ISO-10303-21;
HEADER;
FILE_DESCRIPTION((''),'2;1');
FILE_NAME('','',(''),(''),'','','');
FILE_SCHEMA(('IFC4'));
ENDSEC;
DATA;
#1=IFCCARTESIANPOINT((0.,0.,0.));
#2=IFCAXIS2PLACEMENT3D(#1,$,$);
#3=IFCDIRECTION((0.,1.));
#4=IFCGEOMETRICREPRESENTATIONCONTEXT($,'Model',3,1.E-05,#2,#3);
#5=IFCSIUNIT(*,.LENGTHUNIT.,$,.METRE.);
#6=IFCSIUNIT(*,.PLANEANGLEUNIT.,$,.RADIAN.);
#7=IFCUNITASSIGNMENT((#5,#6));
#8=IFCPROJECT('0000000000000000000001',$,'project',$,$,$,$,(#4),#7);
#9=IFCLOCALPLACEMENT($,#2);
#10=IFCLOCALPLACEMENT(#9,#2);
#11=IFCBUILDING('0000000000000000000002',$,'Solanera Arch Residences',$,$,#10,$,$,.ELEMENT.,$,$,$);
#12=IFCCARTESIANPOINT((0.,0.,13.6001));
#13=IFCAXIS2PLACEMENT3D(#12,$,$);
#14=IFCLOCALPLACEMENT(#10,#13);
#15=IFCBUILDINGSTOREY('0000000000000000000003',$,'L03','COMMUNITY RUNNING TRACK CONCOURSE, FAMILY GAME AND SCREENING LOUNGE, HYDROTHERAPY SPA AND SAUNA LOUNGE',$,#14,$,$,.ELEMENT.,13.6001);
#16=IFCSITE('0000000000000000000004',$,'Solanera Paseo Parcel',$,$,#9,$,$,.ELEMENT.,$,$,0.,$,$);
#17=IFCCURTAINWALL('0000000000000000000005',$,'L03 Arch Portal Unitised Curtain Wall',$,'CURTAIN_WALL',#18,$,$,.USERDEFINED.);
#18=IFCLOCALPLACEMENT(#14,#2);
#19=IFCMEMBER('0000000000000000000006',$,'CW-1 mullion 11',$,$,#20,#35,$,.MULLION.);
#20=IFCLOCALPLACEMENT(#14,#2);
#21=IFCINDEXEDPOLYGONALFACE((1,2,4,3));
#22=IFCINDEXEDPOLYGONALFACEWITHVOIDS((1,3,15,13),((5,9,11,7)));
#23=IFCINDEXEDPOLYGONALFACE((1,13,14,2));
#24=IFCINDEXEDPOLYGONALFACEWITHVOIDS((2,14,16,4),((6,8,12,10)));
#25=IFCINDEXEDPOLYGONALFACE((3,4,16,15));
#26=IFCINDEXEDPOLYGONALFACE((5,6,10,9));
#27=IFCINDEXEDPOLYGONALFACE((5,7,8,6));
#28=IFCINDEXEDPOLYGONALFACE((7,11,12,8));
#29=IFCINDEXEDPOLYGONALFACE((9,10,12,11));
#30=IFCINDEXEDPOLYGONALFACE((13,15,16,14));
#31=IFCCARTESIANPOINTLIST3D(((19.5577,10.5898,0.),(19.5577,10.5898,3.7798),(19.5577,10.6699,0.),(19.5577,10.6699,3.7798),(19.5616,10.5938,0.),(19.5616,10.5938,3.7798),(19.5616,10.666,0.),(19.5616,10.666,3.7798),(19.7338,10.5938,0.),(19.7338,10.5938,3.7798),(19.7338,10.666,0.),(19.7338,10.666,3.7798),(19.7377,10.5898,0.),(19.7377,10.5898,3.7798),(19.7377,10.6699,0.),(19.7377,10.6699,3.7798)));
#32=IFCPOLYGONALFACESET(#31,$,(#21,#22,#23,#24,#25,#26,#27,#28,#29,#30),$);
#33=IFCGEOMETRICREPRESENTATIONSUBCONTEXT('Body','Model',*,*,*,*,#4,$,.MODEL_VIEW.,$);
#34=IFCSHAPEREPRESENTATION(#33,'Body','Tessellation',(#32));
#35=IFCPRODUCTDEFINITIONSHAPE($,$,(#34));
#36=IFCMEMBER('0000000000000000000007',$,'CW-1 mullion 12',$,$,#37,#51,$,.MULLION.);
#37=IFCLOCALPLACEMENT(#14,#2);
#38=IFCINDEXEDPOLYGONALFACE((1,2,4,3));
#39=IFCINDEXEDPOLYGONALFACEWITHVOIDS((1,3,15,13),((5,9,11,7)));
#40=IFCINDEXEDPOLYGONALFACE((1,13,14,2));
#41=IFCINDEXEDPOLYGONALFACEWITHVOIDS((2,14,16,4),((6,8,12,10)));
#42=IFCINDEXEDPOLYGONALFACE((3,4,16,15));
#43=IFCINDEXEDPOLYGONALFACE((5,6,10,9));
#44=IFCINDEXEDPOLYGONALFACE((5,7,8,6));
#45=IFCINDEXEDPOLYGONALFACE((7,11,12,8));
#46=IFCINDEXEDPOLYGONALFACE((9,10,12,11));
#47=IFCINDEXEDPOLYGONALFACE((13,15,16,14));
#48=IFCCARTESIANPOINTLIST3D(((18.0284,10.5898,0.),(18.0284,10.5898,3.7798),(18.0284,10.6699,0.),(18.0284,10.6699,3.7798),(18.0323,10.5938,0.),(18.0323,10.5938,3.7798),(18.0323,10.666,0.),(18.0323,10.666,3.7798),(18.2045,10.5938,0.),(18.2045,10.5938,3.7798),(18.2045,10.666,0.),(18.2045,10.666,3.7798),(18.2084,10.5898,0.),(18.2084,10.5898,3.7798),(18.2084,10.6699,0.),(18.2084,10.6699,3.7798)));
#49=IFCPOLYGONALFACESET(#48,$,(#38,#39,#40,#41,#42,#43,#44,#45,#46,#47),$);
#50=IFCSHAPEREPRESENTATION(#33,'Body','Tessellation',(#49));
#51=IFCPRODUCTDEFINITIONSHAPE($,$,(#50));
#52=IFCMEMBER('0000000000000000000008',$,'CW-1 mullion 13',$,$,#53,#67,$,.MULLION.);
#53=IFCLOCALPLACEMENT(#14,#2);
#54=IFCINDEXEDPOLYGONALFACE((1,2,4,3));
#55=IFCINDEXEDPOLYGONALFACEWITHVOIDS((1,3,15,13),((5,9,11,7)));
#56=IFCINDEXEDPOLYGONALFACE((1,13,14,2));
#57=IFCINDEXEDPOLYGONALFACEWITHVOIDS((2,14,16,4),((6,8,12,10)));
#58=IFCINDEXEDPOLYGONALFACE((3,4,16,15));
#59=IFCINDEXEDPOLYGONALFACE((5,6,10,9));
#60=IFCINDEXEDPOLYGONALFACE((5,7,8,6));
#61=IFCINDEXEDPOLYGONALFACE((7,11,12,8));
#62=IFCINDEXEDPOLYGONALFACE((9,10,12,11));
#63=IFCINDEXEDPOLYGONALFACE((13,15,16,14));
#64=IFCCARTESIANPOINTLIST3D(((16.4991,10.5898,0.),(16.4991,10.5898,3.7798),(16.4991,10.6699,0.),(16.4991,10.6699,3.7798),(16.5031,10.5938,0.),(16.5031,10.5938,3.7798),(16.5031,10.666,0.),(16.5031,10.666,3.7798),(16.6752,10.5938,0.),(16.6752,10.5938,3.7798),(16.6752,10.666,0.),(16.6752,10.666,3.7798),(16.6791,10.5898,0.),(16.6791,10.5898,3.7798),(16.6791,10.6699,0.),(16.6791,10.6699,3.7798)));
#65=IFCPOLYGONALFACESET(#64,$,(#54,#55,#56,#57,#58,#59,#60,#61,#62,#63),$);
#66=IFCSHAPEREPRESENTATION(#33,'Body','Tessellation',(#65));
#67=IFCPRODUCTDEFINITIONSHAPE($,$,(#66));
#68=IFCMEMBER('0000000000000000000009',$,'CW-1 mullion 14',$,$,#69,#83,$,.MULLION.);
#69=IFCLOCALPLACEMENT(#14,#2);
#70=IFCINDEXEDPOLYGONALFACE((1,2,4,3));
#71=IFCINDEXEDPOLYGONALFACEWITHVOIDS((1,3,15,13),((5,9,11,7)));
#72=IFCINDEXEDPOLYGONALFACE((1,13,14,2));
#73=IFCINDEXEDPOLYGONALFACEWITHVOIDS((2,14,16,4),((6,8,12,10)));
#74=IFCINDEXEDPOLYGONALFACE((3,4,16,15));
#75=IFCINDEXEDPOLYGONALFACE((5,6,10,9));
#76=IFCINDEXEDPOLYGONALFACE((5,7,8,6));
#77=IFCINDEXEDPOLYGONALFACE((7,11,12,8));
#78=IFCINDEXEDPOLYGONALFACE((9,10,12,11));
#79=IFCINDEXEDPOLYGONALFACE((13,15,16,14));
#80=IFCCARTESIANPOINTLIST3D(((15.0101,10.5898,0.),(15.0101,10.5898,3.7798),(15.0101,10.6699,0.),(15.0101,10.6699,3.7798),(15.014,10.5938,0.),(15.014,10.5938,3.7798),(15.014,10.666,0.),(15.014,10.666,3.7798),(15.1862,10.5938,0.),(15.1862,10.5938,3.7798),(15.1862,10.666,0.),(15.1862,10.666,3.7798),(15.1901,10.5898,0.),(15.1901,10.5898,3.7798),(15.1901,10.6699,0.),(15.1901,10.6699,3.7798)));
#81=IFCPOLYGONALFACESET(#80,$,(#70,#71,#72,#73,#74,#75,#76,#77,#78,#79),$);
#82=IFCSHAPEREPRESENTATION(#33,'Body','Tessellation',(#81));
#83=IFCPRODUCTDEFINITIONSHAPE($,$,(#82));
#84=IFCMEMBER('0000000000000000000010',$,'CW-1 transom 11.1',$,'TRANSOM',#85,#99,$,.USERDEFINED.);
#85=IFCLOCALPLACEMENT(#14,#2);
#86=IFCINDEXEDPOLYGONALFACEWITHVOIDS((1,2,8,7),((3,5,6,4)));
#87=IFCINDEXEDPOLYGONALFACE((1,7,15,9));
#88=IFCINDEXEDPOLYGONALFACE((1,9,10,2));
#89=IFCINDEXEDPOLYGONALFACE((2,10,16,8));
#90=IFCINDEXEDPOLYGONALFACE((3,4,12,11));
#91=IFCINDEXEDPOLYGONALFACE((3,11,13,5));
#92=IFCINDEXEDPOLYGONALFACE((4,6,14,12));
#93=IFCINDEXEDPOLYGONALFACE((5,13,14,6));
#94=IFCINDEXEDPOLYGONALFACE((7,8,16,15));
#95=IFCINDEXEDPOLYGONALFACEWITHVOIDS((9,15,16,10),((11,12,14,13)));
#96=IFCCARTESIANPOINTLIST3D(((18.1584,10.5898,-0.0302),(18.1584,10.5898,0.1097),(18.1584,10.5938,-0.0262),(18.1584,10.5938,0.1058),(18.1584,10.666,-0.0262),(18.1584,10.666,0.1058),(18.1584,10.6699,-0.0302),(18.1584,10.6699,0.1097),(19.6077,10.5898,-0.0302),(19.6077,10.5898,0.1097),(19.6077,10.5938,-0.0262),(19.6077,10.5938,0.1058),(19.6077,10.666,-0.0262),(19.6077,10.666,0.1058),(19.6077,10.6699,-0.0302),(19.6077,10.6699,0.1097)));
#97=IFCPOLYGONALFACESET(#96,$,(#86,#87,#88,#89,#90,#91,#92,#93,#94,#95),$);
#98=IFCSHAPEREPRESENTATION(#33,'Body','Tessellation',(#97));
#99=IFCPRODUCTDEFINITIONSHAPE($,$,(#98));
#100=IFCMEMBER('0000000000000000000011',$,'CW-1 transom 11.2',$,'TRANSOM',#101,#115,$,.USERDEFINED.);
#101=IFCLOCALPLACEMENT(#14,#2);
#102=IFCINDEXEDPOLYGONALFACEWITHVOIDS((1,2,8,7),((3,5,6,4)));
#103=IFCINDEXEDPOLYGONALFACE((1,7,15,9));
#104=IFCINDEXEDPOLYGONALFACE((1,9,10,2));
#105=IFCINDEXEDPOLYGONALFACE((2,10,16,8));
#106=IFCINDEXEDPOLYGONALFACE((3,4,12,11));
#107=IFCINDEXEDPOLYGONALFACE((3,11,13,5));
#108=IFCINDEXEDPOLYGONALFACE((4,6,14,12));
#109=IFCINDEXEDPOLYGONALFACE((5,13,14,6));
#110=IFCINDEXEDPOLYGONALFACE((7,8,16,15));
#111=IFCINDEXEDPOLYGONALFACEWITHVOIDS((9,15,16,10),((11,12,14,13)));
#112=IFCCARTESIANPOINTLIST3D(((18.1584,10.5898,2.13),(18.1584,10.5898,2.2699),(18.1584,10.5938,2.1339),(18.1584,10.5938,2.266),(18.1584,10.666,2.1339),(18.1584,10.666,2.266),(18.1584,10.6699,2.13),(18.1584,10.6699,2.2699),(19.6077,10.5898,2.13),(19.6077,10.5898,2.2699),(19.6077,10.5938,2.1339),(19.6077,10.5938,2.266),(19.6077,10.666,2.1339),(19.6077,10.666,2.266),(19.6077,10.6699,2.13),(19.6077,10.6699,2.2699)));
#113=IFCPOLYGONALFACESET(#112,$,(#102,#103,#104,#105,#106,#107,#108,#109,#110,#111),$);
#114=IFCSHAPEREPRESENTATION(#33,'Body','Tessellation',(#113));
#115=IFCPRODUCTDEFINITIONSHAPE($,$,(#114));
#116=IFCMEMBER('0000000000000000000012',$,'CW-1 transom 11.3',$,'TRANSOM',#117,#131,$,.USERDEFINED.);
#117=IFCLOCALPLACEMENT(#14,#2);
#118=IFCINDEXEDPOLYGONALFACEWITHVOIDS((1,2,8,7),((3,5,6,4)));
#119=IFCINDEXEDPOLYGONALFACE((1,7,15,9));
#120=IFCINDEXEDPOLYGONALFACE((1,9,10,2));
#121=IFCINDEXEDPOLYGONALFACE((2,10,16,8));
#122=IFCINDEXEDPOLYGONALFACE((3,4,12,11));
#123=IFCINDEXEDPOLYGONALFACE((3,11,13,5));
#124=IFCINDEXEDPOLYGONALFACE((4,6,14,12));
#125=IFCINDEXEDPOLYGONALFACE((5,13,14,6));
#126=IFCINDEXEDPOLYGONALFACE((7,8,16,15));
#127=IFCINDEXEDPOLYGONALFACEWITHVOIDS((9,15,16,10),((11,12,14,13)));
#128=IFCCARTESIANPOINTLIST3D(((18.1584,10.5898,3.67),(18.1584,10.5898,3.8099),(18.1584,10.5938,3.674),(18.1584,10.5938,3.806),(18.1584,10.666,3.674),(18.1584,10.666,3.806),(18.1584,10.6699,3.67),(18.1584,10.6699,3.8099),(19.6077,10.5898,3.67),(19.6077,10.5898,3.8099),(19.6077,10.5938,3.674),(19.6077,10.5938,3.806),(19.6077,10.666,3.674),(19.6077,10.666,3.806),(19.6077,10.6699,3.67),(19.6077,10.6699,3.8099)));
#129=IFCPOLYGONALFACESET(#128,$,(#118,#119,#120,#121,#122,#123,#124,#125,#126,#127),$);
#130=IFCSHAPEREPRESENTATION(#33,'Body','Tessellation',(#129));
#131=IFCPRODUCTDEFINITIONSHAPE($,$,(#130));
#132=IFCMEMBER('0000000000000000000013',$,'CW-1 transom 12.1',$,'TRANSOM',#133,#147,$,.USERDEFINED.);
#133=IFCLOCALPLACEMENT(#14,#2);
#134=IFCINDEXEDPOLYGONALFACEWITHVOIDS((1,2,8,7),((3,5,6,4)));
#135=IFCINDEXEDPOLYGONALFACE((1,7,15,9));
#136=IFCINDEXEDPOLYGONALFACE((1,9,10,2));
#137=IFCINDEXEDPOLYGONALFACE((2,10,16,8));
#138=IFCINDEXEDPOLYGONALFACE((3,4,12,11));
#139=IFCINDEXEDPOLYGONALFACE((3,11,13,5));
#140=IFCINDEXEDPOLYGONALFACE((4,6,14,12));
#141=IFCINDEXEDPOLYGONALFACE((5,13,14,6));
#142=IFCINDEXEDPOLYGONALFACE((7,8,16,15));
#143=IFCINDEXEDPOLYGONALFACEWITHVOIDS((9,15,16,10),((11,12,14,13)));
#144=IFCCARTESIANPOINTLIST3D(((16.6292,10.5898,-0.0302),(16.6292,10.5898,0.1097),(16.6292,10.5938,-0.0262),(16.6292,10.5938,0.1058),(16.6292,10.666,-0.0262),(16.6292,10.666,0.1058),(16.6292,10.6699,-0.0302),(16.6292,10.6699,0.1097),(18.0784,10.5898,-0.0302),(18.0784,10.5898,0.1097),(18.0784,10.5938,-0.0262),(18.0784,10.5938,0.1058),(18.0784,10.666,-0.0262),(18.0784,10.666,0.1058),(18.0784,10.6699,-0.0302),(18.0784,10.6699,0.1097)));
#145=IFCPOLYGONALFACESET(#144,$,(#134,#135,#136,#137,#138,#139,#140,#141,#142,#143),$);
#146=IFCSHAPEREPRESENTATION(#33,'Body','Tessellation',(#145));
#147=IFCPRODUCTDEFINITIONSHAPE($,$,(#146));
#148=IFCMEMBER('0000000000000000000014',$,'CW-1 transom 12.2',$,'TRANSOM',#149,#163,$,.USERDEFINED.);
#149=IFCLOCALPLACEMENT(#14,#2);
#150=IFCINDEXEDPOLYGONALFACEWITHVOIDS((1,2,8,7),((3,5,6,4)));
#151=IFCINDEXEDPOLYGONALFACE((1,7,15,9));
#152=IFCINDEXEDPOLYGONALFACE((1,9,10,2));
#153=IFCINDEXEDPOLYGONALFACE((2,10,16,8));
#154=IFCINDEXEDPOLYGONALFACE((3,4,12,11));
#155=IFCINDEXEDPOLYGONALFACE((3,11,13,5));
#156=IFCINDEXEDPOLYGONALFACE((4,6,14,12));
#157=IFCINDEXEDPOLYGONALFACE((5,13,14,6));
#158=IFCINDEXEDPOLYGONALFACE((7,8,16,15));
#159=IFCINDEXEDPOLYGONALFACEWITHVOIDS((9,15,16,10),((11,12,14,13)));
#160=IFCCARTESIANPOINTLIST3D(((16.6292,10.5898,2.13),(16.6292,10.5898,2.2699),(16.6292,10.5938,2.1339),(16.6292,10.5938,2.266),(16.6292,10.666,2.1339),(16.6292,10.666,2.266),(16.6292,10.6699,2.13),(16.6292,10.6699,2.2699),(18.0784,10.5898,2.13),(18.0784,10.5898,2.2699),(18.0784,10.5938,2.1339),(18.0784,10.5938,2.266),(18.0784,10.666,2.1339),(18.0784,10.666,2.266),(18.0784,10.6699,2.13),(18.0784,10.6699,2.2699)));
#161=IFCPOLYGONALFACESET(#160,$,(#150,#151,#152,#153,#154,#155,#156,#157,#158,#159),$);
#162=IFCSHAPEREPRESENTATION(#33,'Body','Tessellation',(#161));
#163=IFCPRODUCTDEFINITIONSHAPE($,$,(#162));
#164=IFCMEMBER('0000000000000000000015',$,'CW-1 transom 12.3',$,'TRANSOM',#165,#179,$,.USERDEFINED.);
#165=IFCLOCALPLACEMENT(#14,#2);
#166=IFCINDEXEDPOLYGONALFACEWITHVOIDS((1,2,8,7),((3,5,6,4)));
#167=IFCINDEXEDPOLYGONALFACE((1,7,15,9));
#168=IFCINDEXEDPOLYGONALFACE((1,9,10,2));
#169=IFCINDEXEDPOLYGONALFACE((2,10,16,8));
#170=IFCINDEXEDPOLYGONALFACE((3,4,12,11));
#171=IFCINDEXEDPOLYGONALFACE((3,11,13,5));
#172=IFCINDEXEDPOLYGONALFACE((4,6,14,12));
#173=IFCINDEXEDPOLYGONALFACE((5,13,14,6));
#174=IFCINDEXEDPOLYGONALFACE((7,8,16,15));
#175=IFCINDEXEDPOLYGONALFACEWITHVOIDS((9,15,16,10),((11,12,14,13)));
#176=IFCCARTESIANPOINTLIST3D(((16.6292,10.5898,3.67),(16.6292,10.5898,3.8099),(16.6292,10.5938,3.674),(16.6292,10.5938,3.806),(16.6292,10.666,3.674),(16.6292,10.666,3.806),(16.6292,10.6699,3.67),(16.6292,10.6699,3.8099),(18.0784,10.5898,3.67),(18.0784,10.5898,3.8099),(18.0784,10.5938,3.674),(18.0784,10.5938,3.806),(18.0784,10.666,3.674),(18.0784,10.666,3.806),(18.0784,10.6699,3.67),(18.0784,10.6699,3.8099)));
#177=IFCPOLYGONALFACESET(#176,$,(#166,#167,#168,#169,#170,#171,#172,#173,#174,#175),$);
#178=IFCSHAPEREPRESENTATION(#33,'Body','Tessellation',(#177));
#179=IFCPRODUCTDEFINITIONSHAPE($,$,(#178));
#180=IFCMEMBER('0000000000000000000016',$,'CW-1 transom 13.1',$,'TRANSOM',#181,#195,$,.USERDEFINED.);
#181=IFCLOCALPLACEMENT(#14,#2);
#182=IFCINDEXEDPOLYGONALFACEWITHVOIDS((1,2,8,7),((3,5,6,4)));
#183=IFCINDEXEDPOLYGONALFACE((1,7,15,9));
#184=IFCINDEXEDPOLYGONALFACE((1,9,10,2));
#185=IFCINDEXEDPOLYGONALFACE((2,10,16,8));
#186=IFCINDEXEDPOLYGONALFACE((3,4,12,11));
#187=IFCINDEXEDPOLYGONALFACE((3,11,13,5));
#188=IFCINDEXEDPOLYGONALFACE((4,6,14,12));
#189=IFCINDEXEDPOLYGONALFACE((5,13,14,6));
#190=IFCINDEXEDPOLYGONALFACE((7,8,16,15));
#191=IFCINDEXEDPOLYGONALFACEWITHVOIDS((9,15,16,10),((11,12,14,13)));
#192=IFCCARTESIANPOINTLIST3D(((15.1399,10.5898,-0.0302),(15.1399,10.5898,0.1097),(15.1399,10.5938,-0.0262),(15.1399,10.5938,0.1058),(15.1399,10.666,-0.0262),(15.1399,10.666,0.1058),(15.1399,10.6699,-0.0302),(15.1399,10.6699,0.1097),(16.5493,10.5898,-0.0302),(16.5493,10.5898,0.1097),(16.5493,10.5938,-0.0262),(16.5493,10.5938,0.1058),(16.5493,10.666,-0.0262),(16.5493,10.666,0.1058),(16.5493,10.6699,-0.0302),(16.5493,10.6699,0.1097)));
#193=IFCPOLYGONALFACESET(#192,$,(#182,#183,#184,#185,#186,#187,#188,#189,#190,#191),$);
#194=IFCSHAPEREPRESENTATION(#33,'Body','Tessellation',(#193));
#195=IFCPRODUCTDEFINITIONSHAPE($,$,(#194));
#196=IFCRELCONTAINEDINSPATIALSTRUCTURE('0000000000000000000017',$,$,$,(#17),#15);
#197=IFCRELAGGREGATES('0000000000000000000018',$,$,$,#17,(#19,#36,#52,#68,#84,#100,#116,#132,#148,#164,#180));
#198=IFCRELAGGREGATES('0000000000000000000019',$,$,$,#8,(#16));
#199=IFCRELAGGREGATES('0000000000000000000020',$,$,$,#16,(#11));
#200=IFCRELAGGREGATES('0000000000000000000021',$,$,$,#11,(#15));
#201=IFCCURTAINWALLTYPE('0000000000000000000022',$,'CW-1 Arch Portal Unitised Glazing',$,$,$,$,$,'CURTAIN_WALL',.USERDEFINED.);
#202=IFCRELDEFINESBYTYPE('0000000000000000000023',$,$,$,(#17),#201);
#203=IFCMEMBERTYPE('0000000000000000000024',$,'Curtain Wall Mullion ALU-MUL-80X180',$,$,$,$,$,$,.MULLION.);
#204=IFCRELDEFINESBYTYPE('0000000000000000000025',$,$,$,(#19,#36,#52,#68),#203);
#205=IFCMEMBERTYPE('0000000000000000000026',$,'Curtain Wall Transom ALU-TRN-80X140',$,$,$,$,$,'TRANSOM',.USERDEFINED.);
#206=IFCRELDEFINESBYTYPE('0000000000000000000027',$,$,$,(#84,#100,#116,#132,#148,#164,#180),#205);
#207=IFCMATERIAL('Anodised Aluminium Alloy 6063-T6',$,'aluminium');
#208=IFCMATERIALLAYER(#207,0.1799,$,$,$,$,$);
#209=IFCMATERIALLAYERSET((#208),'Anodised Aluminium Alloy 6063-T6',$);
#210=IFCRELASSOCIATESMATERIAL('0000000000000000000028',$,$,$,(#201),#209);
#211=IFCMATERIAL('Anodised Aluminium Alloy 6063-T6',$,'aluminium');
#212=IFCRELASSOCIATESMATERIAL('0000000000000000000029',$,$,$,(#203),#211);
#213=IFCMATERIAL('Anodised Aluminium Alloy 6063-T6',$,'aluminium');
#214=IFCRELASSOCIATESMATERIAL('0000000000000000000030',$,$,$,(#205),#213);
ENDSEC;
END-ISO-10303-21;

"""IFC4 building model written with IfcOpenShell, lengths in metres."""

from ifc_helpers import new_model, si_unit, direction, frame, origin, origin_2d, place, context, subcontext, project, spatial, hollow_rectangle, extrude, material, layer, layer_set, material_profile, profile_set, type_object, element, aggregate, save


model = new_model("IFC4")

# Units and contexts
model_context = context("Model", 3, precision=1e-05, world=origin(), true_north=direction((0.0, 1.0)))
body_context = subcontext(model_context, "Body", "Model", "MODEL_VIEW")
ifc_project = project(units=[si_unit("LENGTHUNIT", "METRE"), si_unit("PLANEANGLEUNIT", "RADIAN")], contexts=[model_context])

# Site, building, storey
site_placement = place(None, origin())
site = spatial("IfcSite", under=ifc_project, at=site_placement, Name="Solanera Paseo Parcel", CompositionType="ELEMENT", RefElevation=0.0)
building_placement = place(site_placement, origin())
building = spatial("IfcBuilding", under=site, at=building_placement, Name="Solanera Arch Residences", CompositionType="ELEMENT")
storey_placement = place(building_placement, frame((0.0, 0.0, 13.6001)))
storey = spatial("IfcBuildingStorey", under=building, at=storey_placement, Name="L03", Description="COMMUNITY RUNNING TRACK CONCOURSE, FAMILY GAME AND SCREENING LOUNGE, HYDROTHERAPY SPA AND SAUNA LOUNGE", CompositionType="ELEMENT", Elevation=13.6001)

# Curtain wall, members
ifc_material_1 = material(Name="Anodised Aluminium Alloy 6063-T6", Category="aluminium")
ifc_layer_1 = layer(ifc_material_1, 0.1799)
ifc_layer_set_1 = layer_set([ifc_layer_1], Name="Anodised Aluminium Alloy 6063-T6")
curtain_wall_type = type_object("IfcCurtainWallType", Name="CW-1 Arch Portal Unitised Glazing", ElementType="CURTAIN_WALL", PredefinedType="USERDEFINED", material=ifc_layer_set_1)
curtain_wall_placement = place(storey_placement, origin())
curtain_wall = element("IfcCurtainWall", 1, at=curtain_wall_placement, inside=storey, type_object=curtain_wall_type, Name="L03 Arch Portal Unitised Curtain Wall", ObjectType="CURTAIN_WALL", PredefinedType="USERDEFINED")
ifc_material_2 = material(Name="Anodised Aluminium Alloy 6063-T6", Category="aluminium")
ifc_material_profile_1 = material_profile(ifc_material_2, hollow_rectangle(XDim=0.0801, YDim=0.1799, WallThickness=0.0039, at=origin_2d()))
ifc_profile_set_1 = profile_set([ifc_material_profile_1], Name="Anodised Aluminium Alloy 6063-T6")
member_type_1 = type_object("IfcMemberType", Name="Curtain Wall Mullion ALU-MUL-80X180", PredefinedType="MULLION", material=ifc_profile_set_1)
member_1_placement = place(storey_placement, frame((19.6477, 10.6299, 0.0), z_axis=(0.0, 0.0, 1.0), x_axis=(0.0, -1.0, 0.0)))
member_1 = element("IfcMember", 2, at=member_1_placement, type_object=member_type_1, Name="CW-1 mullion 11", PredefinedType="MULLION", context=body_context, shape_type="SweptSolid", body=[
    extrude(hollow_rectangle(XDim=0.0801, YDim=0.1799, WallThickness=0.0039, at=origin_2d()), origin(), (0.0, 0.0, 1.0), 3.7798),
])
member_2_placement = place(storey_placement, frame((18.1184, 10.6299, 0.0), z_axis=(0.0, 0.0, 1.0), x_axis=(0.0, -1.0, 0.0)))
member_2 = element("IfcMember", 3, at=member_2_placement, type_object=member_type_1, Name="CW-1 mullion 12", PredefinedType="MULLION", context=body_context, shape_type="SweptSolid", body=[
    extrude(hollow_rectangle(XDim=0.0801, YDim=0.1799, WallThickness=0.0039, at=origin_2d()), origin(), (0.0, 0.0, 1.0), 3.7798),
])
member_3_placement = place(storey_placement, frame((16.5891, 10.6299, 0.0), z_axis=(0.0, 0.0, 1.0), x_axis=(0.0, -1.0, 0.0)))
member_3 = element("IfcMember", 4, at=member_3_placement, type_object=member_type_1, Name="CW-1 mullion 13", PredefinedType="MULLION", context=body_context, shape_type="SweptSolid", body=[
    extrude(hollow_rectangle(XDim=0.0801, YDim=0.1799, WallThickness=0.0039, at=origin_2d()), origin(), (0.0, 0.0, 1.0), 3.7798),
])
member_4_placement = place(storey_placement, frame((15.1001, 10.6299, 0.0), z_axis=(0.0, 0.0, 1.0), x_axis=(0.0, -1.0, 0.0)))
member_4 = element("IfcMember", 5, at=member_4_placement, type_object=member_type_1, Name="CW-1 mullion 14", PredefinedType="MULLION", context=body_context, shape_type="SweptSolid", body=[
    extrude(hollow_rectangle(XDim=0.0801, YDim=0.1799, WallThickness=0.0039, at=origin_2d()), origin(), (0.0, 0.0, 1.0), 3.7798),
])
ifc_material_3 = material(Name="Anodised Aluminium Alloy 6063-T6", Category="aluminium")
ifc_material_profile_2 = material_profile(ifc_material_3, hollow_rectangle(XDim=0.0801, YDim=0.1399, WallThickness=0.0039, at=origin_2d()))
ifc_profile_set_2 = profile_set([ifc_material_profile_2], Name="Anodised Aluminium Alloy 6063-T6")
member_type_2 = type_object("IfcMemberType", Name="Curtain Wall Transom ALU-TRN-80X140", ElementType="TRANSOM", PredefinedType="USERDEFINED", material=ifc_profile_set_2)
member_5_placement = place(storey_placement, frame((19.6077, 10.6299, 0.0398), z_axis=(-1.0, 0.0, 0.0), x_axis=(0.0, -1.0, 0.0)))
member_5 = element("IfcMember", 6, at=member_5_placement, type_object=member_type_2, Name="CW-1 transom 11.1", ObjectType="TRANSOM", PredefinedType="USERDEFINED", context=body_context, shape_type="SweptSolid", body=[
    extrude(hollow_rectangle(XDim=0.0801, YDim=0.1399, WallThickness=0.0039, at=origin_2d()), origin(), (0.0, 0.0, 1.0), 1.4492),
])
member_6_placement = place(storey_placement, frame((19.6077, 10.6299, 2.2), z_axis=(-1.0, 0.0, 0.0), x_axis=(0.0, -1.0, 0.0)))
member_6 = element("IfcMember", 7, at=member_6_placement, type_object=member_type_2, Name="CW-1 transom 11.2", ObjectType="TRANSOM", PredefinedType="USERDEFINED", context=body_context, shape_type="SweptSolid", body=[
    extrude(hollow_rectangle(XDim=0.0801, YDim=0.1399, WallThickness=0.0039, at=origin_2d()), origin(), (0.0, 0.0, 1.0), 1.4492),
])
member_7_placement = place(storey_placement, frame((19.6077, 10.6299, 3.74), z_axis=(-1.0, 0.0, 0.0), x_axis=(0.0, -1.0, 0.0)))
member_7 = element("IfcMember", 8, at=member_7_placement, type_object=member_type_2, Name="CW-1 transom 11.3", ObjectType="TRANSOM", PredefinedType="USERDEFINED", context=body_context, shape_type="SweptSolid", body=[
    extrude(hollow_rectangle(XDim=0.0801, YDim=0.1399, WallThickness=0.0039, at=origin_2d()), origin(), (0.0, 0.0, 1.0), 1.4492),
])
member_8_placement = place(storey_placement, frame((18.0784, 10.6299, 0.0398), z_axis=(-1.0, 0.0, 0.0), x_axis=(0.0, -1.0, 0.0)))
member_8 = element("IfcMember", 9, at=member_8_placement, type_object=member_type_2, Name="CW-1 transom 12.1", ObjectType="TRANSOM", PredefinedType="USERDEFINED", context=body_context, shape_type="SweptSolid", body=[
    extrude(hollow_rectangle(XDim=0.0801, YDim=0.1399, WallThickness=0.0039, at=origin_2d()), origin(), (0.0, 0.0, 1.0), 1.4492),
])
member_9_placement = place(storey_placement, frame((18.0784, 10.6299, 2.2), z_axis=(-1.0, 0.0, 0.0), x_axis=(0.0, -1.0, 0.0)))
member_9 = element("IfcMember", 10, at=member_9_placement, type_object=member_type_2, Name="CW-1 transom 12.2", ObjectType="TRANSOM", PredefinedType="USERDEFINED", context=body_context, shape_type="SweptSolid", body=[
    extrude(hollow_rectangle(XDim=0.0801, YDim=0.1399, WallThickness=0.0039, at=origin_2d()), origin(), (0.0, 0.0, 1.0), 1.4492),
])
member_10_placement = place(storey_placement, frame((18.0784, 10.6299, 3.74), z_axis=(-1.0, 0.0, 0.0), x_axis=(0.0, -1.0, 0.0)))
member_10 = element("IfcMember", 11, at=member_10_placement, type_object=member_type_2, Name="CW-1 transom 12.3", ObjectType="TRANSOM", PredefinedType="USERDEFINED", context=body_context, shape_type="SweptSolid", body=[
    extrude(hollow_rectangle(XDim=0.0801, YDim=0.1399, WallThickness=0.0039, at=origin_2d()), origin(), (0.0, 0.0, 1.0), 1.4492),
])
member_11_placement = place(storey_placement, frame((16.5493, 10.6299, 0.0398), z_axis=(-1.0, 0.0, 0.0), x_axis=(0.0, -1.0, 0.0)))
member_11 = element("IfcMember", 12, at=member_11_placement, type_object=member_type_2, Name="CW-1 transom 13.1", ObjectType="TRANSOM", PredefinedType="USERDEFINED", context=body_context, shape_type="SweptSolid", body=[
    extrude(hollow_rectangle(XDim=0.0801, YDim=0.1399, WallThickness=0.0039, at=origin_2d()), origin(), (0.0, 0.0, 1.0), 1.4094),
])

aggregate(curtain_wall, [member_1, member_2, member_3, member_4, member_5, member_6, member_7, member_8, member_9, member_10, member_11])

save(model, "model.ifc")
